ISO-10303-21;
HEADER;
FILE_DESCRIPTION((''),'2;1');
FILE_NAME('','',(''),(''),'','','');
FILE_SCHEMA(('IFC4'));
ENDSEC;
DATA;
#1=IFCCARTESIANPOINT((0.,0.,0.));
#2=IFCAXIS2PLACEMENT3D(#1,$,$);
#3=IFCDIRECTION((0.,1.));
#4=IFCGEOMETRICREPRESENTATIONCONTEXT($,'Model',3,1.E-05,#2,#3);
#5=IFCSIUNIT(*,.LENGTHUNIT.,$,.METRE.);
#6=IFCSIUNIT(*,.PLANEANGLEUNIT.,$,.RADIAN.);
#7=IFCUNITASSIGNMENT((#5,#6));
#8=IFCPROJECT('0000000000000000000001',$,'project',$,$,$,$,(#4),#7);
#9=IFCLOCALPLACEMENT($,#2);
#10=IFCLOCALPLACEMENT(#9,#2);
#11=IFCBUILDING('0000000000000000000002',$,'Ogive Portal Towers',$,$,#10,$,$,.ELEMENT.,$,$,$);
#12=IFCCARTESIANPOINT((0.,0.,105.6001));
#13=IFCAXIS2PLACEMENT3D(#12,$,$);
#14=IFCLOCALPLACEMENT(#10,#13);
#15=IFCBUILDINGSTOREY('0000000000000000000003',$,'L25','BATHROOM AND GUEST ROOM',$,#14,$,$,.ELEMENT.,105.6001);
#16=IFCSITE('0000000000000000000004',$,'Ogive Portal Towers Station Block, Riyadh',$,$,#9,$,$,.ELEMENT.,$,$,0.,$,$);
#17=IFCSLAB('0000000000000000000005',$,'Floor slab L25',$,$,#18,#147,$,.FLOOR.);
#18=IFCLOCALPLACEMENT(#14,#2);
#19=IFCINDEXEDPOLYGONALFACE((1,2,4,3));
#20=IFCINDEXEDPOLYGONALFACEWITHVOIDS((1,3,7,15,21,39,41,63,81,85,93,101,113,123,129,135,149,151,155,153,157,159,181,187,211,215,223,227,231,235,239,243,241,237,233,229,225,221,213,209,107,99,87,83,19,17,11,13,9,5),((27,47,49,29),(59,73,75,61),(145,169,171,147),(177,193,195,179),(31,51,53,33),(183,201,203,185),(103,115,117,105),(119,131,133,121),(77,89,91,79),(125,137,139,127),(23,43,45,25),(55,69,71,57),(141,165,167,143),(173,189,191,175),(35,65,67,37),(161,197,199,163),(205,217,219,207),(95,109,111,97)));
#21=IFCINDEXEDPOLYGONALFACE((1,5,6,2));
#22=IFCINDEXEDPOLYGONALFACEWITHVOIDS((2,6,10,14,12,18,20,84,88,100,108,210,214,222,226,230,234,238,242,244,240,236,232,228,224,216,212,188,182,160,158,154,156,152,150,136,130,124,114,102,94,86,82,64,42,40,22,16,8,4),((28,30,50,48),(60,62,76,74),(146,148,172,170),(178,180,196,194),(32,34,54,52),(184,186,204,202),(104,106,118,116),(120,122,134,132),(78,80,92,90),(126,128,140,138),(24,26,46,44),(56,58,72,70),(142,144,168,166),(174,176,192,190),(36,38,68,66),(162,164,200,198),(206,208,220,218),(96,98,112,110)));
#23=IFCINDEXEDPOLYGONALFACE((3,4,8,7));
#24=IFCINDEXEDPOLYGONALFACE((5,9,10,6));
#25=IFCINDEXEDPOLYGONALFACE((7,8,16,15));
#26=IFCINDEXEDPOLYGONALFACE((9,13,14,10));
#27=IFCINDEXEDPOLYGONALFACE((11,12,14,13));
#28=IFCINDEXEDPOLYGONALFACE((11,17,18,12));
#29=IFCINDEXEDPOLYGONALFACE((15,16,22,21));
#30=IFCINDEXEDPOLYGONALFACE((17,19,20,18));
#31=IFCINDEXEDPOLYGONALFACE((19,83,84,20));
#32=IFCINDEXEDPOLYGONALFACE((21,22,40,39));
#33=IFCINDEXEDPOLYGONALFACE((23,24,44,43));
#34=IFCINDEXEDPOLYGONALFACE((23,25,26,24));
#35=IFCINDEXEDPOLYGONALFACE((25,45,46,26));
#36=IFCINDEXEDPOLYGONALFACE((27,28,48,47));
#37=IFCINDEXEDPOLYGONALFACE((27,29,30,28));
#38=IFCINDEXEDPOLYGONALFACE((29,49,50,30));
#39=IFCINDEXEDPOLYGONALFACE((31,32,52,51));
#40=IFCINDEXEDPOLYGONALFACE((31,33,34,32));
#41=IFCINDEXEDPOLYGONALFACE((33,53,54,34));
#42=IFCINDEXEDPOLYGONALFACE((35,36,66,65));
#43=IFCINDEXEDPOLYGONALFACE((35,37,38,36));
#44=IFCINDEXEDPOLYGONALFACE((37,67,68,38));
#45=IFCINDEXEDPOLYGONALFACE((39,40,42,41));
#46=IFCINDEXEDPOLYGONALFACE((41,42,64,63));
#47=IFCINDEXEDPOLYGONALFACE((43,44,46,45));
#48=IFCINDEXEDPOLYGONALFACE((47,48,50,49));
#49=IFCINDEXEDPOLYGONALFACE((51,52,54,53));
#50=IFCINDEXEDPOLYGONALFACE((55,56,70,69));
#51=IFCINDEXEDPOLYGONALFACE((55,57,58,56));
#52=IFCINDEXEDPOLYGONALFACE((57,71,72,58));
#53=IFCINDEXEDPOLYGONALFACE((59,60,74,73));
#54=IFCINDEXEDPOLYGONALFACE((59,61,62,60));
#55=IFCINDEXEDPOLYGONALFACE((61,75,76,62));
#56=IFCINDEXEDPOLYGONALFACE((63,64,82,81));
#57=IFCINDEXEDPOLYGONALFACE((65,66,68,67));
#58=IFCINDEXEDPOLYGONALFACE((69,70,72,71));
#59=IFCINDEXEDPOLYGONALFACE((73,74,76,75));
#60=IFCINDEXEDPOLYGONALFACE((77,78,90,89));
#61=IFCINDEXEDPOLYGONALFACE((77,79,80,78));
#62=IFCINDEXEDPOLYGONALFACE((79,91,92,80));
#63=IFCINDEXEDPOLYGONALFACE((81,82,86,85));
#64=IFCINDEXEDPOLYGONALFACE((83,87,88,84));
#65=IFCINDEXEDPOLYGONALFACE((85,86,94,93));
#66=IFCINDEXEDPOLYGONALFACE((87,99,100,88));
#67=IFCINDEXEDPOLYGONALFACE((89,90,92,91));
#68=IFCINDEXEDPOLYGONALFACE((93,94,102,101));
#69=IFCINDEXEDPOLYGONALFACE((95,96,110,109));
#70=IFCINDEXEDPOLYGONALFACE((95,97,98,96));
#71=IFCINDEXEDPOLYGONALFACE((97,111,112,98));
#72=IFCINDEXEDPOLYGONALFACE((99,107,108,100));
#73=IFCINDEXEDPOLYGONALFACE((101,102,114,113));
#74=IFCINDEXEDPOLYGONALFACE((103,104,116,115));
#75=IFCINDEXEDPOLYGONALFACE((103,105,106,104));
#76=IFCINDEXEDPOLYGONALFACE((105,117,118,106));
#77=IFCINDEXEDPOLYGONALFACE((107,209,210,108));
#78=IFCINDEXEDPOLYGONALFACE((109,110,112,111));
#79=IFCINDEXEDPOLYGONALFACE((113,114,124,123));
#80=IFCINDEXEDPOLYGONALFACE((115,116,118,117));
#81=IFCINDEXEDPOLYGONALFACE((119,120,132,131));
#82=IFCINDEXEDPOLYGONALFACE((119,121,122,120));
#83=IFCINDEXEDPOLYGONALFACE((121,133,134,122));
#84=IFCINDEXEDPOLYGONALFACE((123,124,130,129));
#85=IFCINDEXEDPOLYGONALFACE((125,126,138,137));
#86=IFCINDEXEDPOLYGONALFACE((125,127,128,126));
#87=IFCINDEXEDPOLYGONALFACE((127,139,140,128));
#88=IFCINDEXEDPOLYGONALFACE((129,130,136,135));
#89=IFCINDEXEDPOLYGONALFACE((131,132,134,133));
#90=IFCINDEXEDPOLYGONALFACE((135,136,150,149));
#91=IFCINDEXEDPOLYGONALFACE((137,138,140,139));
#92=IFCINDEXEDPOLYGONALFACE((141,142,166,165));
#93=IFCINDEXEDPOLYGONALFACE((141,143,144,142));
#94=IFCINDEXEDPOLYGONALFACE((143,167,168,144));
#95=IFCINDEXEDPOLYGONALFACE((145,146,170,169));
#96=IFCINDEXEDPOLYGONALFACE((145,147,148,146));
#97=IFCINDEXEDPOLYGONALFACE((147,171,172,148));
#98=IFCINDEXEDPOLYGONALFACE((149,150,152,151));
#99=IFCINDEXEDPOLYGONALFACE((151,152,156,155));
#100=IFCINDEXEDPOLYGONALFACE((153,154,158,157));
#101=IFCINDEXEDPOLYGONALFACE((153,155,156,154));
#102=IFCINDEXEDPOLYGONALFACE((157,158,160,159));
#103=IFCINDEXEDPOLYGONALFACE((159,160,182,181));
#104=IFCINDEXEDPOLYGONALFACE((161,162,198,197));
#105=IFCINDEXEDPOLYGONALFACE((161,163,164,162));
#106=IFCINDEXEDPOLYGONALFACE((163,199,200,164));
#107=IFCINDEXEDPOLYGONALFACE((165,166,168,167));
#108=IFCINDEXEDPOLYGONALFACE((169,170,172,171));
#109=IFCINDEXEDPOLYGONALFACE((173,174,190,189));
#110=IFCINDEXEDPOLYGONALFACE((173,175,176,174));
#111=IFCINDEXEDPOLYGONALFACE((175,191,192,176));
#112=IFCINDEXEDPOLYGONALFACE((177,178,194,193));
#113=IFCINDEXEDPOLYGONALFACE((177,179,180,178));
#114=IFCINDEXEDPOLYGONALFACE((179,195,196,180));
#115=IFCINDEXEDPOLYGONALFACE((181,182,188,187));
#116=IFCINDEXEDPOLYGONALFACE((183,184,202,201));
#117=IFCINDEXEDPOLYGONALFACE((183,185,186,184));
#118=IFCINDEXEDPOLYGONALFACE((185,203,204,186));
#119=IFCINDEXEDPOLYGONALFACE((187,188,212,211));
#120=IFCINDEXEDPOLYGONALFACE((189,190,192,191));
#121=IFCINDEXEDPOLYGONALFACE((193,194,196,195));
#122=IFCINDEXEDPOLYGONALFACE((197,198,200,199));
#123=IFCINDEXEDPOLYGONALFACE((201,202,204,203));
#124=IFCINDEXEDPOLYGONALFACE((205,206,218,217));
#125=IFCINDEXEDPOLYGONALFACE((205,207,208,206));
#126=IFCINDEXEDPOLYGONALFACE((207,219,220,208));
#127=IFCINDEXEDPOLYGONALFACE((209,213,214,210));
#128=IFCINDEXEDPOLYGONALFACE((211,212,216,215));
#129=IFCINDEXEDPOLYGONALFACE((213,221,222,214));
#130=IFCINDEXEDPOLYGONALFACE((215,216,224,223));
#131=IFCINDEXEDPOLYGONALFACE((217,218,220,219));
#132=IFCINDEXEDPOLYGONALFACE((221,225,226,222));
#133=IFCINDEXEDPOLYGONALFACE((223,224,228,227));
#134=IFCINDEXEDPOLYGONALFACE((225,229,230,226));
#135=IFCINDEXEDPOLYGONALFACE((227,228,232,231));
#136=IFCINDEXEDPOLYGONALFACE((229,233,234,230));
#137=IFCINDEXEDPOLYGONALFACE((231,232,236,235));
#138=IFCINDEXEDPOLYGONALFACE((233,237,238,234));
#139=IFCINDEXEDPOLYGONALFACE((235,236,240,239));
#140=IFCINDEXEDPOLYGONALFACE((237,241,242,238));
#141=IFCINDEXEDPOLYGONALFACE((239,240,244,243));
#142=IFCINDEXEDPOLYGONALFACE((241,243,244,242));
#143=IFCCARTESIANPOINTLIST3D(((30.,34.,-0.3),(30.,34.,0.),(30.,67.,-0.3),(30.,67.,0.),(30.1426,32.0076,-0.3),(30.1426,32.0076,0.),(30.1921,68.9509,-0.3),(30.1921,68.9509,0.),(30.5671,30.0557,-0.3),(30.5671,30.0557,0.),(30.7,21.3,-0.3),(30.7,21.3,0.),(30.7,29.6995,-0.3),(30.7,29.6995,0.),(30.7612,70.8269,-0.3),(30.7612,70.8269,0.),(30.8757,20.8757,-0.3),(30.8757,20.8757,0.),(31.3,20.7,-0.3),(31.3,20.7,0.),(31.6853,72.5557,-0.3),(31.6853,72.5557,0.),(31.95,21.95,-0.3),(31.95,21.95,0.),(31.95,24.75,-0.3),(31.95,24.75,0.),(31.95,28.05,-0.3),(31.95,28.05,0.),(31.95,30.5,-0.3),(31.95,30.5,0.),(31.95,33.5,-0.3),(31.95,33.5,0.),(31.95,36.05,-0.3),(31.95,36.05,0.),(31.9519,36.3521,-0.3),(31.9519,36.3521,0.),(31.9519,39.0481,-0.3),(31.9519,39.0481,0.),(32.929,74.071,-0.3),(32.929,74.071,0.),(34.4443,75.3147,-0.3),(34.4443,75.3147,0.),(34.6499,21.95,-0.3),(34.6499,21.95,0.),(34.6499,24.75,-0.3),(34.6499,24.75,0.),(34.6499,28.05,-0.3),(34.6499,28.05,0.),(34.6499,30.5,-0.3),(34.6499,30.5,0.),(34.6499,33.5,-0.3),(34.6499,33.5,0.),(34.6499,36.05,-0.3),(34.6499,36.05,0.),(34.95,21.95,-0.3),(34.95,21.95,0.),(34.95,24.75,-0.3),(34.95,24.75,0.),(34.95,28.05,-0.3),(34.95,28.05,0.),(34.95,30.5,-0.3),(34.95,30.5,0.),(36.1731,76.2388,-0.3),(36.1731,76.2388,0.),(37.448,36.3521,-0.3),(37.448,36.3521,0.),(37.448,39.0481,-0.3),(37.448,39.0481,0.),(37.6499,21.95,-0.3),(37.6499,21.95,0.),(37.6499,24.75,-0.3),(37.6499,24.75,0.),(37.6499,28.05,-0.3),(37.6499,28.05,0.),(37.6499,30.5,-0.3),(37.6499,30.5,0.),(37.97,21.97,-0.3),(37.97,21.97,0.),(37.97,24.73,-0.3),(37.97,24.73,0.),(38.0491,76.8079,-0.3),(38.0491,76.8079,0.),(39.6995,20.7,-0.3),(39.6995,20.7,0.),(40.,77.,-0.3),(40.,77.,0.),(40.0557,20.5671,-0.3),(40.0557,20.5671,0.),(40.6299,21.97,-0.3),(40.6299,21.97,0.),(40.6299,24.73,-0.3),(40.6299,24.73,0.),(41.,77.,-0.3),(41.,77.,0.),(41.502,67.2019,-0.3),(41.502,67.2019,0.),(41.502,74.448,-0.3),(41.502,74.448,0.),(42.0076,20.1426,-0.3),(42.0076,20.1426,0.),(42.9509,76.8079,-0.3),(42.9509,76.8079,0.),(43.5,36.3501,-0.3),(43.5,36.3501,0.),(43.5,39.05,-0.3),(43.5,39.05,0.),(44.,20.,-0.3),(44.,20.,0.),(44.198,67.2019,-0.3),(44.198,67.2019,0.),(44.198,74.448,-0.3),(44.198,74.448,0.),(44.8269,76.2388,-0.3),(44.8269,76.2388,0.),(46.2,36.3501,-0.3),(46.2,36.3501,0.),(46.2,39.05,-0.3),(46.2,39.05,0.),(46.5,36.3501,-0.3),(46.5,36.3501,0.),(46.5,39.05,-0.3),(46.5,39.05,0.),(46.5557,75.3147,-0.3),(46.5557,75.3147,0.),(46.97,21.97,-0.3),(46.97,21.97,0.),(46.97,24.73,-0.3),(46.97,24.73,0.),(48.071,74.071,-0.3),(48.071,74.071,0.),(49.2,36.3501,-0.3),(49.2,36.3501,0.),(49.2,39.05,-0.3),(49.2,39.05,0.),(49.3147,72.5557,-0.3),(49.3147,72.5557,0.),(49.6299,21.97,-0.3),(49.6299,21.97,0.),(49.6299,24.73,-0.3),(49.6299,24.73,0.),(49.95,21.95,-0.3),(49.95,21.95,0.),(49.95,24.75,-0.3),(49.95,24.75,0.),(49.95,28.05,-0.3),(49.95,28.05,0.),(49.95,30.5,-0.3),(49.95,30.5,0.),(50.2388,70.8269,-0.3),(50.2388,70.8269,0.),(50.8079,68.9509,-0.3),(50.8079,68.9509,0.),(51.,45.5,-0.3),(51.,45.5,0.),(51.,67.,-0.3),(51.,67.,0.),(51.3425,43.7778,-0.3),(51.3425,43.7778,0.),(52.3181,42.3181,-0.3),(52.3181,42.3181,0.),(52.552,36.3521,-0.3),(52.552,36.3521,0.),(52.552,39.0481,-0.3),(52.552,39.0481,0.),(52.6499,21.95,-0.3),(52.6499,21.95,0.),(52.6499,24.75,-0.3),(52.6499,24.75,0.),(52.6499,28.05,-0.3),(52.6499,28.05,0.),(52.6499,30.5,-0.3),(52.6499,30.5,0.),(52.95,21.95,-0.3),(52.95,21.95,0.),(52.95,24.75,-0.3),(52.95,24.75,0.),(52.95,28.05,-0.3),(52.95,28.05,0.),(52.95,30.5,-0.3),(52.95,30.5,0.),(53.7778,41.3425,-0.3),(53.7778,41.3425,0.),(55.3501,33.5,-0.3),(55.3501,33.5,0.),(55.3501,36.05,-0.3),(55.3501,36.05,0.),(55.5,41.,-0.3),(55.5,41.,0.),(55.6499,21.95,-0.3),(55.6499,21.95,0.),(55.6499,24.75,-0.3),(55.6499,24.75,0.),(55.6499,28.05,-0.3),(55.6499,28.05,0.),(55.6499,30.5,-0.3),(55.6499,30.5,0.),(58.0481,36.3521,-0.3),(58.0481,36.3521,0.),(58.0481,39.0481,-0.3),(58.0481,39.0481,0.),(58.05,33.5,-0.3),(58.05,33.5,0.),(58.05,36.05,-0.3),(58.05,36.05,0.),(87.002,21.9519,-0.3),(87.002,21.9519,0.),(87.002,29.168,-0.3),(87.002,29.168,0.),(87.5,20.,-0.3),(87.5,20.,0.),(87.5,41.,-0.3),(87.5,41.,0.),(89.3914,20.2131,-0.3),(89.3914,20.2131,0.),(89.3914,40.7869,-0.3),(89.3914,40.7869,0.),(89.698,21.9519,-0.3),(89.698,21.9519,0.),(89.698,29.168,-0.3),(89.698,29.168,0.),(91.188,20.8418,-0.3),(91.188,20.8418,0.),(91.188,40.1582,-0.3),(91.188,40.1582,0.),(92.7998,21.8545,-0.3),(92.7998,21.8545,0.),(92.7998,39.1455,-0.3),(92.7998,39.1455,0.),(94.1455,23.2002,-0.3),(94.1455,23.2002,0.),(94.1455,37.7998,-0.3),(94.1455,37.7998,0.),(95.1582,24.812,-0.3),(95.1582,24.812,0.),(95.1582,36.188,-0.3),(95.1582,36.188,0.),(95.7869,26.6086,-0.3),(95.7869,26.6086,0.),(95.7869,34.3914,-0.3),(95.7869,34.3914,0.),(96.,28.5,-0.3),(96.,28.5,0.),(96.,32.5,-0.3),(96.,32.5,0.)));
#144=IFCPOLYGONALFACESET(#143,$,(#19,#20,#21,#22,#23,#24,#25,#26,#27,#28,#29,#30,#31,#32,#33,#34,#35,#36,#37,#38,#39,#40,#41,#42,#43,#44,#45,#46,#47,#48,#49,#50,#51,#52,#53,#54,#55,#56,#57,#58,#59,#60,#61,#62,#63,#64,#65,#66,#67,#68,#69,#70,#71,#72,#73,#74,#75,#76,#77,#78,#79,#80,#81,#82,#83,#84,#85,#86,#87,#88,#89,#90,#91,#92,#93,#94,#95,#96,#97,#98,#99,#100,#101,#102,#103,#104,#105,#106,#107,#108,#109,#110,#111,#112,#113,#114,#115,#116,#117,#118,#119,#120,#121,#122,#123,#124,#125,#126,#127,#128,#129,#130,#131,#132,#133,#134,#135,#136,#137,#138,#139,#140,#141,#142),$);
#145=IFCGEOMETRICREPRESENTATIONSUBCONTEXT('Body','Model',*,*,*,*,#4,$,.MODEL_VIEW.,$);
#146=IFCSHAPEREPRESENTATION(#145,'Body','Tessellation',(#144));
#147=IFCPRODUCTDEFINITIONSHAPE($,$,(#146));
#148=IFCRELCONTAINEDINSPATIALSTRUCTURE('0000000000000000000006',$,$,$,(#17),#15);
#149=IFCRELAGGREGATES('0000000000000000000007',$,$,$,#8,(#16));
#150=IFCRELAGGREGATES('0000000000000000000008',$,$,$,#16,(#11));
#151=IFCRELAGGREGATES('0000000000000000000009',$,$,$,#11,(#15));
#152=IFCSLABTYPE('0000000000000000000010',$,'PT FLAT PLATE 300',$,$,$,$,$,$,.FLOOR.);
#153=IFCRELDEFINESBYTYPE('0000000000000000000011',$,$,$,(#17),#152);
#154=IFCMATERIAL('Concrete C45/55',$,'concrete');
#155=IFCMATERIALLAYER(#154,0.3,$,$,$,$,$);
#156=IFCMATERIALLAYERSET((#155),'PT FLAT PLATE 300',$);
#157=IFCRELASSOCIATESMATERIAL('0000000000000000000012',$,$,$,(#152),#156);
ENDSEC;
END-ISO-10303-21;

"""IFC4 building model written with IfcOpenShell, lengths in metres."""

from ifc_helpers import new_model, si_unit, direction, frame, origin, place, context, subcontext, project, spatial, polyline, outline, extrude, material, layer, layer_set, type_object, element, save


model = new_model("IFC4")

# Units and contexts
model_context = context("Model", 3, precision=1e-05, world=origin(), true_north=direction((0.0, 1.0)))
body_context = subcontext(model_context, "Body", "Model", "MODEL_VIEW")
ifc_project = project(units=[si_unit("LENGTHUNIT", "METRE"), si_unit("PLANEANGLEUNIT", "RADIAN")], contexts=[model_context])

# Site, building, storey
site_placement = place(None, origin())
site = spatial("IfcSite", under=ifc_project, at=site_placement, Name="Ogive Portal Towers Station Block, Riyadh", CompositionType="ELEMENT", RefElevation=0.0)
building_placement = place(site_placement, origin())
building = spatial("IfcBuilding", under=site, at=building_placement, Name="Ogive Portal Towers", CompositionType="ELEMENT")
storey_placement = place(building_placement, frame((0.0, 0.0, 105.6001)))
storey = spatial("IfcBuildingStorey", under=building, at=storey_placement, Name="L25", Description="BATHROOM AND GUEST ROOM", CompositionType="ELEMENT", Elevation=105.6001)

# Slab
ifc_material_1 = material(Name="Concrete C45/55", Category="concrete")
ifc_layer_1 = layer(ifc_material_1, 0.3)
ifc_layer_set_1 = layer_set([ifc_layer_1], Name="PT FLAT PLATE 300")
slab_type_1 = type_object("IfcSlabType", Name="PT FLAT PLATE 300", PredefinedType="FLOOR", material=ifc_layer_set_1)
slab_1_placement = place(storey_placement, frame((0.0, 0.0, -0.3)))
element("IfcSlab", 1, at=slab_1_placement, inside=storey, type_object=slab_type_1, Name="Floor slab L25", PredefinedType="FLOOR", context=body_context, shape_type="SweptSolid", body=[
    extrude(outline(polyline([(30.1426, 32.0076), (30.5671, 30.0557), (30.7, 29.6995), (30.7, 21.3), (30.8757, 20.8757), (31.3, 20.7), (39.6995, 20.7), (40.0557, 20.5671), (42.0076, 20.1426), (44.0, 20.0), (87.5, 20.0), (89.3914, 20.2131), (91.188, 20.8418), (92.7998, 21.8545), (94.1455, 23.2002), (95.1582, 24.812), (95.7869, 26.6086), (96.0, 28.5), (96.0, 32.5), (95.7869, 34.3914), (95.1582, 36.188), (94.1455, 37.7998), (92.7998, 39.1455), (91.188, 40.1582), (89.3914, 40.7869), (87.5, 41.0), (55.5, 41.0), (53.7778, 41.3425), (52.3181, 42.3181), (51.3425, 43.7778), (51.0, 45.5), (51.0, 67.0), (50.8079, 68.9509), (50.2388, 70.8269), (49.3147, 72.5557), (48.071, 74.071), (46.5557, 75.3147), (44.8269, 76.2388), (42.9509, 76.8079), (41.0, 77.0), (40.0, 77.0), (38.0491, 76.8079), (36.1731, 76.2388), (34.4443, 75.3147), (32.929, 74.071), (31.6853, 72.5557), (30.7612, 70.8269), (30.1921, 68.9509), (30.0, 67.0), (30.0, 34.0), (30.1426, 32.0076)]), holes=[polyline([(34.6499, 24.75), (34.6499, 21.95), (31.95, 21.95), (31.95, 24.75), (34.6499, 24.75)]), polyline([(37.6499, 24.75), (37.6499, 21.95), (34.95, 21.95), (34.95, 24.75), (37.6499, 24.75)]), polyline([(40.6299, 21.97), (37.97, 21.97), (37.97, 24.73), (40.6299, 24.73), (40.6299, 21.97)]), polyline([(34.6499, 30.5), (34.6499, 28.05), (31.95, 28.05), (31.95, 30.5), (34.6499, 30.5)]), polyline([(37.6499, 30.5), (37.6499, 28.05), (34.95, 28.05), (34.95, 30.5), (37.6499, 30.5)]), polyline([(34.6499, 36.05), (34.6499, 33.5), (31.95, 33.5), (31.95, 36.05), (34.6499, 36.05)]), polyline([(31.9519, 39.0481), (37.448, 39.0481), (37.448, 36.3521), (31.9519, 36.3521), (31.9519, 39.0481)]), polyline([(46.2, 36.3501), (43.5, 36.3501), (43.5, 39.05), (46.2, 39.05), (46.2, 36.3501)]), polyline([(44.198, 67.2019), (41.502, 67.2019), (41.502, 74.448), (44.198, 74.448), (44.198, 67.2019)]), polyline([(49.6299, 21.97), (46.97, 21.97), (46.97, 24.73), (49.6299, 24.73), (49.6299, 21.97)]), polyline([(52.6499, 24.75), (52.6499, 21.95), (49.95, 21.95), (49.95, 24.75), (52.6499, 24.75)]), polyline([(55.6499, 24.75), (55.6499, 21.95), (52.95, 21.95), (52.95, 24.75), (55.6499, 24.75)]), polyline([(87.002, 21.9519), (87.002, 29.168), (89.698, 29.168), (89.698, 21.9519), (87.002, 21.9519)]), polyline([(52.6499, 30.5), (52.6499, 28.05), (49.95, 28.05), (49.95, 30.5), (52.6499, 30.5)]), polyline([(55.6499, 30.5), (55.6499, 28.05), (52.95, 28.05), (52.95, 30.5), (55.6499, 30.5)]), polyline([(58.05, 36.05), (58.05, 33.5), (55.3501, 33.5), (55.3501, 36.05), (58.05, 36.05)]), polyline([(49.2, 36.3501), (46.5, 36.3501), (46.5, 39.05), (49.2, 39.05), (49.2, 36.3501)]), polyline([(52.552, 36.3521), (52.552, 39.0481), (58.0481, 39.0481), (58.0481, 36.3521), (52.552, 36.3521)])]), origin(), (0.0, 0.0, 1.0), 0.3),
])

save(model, "model.ifc")
